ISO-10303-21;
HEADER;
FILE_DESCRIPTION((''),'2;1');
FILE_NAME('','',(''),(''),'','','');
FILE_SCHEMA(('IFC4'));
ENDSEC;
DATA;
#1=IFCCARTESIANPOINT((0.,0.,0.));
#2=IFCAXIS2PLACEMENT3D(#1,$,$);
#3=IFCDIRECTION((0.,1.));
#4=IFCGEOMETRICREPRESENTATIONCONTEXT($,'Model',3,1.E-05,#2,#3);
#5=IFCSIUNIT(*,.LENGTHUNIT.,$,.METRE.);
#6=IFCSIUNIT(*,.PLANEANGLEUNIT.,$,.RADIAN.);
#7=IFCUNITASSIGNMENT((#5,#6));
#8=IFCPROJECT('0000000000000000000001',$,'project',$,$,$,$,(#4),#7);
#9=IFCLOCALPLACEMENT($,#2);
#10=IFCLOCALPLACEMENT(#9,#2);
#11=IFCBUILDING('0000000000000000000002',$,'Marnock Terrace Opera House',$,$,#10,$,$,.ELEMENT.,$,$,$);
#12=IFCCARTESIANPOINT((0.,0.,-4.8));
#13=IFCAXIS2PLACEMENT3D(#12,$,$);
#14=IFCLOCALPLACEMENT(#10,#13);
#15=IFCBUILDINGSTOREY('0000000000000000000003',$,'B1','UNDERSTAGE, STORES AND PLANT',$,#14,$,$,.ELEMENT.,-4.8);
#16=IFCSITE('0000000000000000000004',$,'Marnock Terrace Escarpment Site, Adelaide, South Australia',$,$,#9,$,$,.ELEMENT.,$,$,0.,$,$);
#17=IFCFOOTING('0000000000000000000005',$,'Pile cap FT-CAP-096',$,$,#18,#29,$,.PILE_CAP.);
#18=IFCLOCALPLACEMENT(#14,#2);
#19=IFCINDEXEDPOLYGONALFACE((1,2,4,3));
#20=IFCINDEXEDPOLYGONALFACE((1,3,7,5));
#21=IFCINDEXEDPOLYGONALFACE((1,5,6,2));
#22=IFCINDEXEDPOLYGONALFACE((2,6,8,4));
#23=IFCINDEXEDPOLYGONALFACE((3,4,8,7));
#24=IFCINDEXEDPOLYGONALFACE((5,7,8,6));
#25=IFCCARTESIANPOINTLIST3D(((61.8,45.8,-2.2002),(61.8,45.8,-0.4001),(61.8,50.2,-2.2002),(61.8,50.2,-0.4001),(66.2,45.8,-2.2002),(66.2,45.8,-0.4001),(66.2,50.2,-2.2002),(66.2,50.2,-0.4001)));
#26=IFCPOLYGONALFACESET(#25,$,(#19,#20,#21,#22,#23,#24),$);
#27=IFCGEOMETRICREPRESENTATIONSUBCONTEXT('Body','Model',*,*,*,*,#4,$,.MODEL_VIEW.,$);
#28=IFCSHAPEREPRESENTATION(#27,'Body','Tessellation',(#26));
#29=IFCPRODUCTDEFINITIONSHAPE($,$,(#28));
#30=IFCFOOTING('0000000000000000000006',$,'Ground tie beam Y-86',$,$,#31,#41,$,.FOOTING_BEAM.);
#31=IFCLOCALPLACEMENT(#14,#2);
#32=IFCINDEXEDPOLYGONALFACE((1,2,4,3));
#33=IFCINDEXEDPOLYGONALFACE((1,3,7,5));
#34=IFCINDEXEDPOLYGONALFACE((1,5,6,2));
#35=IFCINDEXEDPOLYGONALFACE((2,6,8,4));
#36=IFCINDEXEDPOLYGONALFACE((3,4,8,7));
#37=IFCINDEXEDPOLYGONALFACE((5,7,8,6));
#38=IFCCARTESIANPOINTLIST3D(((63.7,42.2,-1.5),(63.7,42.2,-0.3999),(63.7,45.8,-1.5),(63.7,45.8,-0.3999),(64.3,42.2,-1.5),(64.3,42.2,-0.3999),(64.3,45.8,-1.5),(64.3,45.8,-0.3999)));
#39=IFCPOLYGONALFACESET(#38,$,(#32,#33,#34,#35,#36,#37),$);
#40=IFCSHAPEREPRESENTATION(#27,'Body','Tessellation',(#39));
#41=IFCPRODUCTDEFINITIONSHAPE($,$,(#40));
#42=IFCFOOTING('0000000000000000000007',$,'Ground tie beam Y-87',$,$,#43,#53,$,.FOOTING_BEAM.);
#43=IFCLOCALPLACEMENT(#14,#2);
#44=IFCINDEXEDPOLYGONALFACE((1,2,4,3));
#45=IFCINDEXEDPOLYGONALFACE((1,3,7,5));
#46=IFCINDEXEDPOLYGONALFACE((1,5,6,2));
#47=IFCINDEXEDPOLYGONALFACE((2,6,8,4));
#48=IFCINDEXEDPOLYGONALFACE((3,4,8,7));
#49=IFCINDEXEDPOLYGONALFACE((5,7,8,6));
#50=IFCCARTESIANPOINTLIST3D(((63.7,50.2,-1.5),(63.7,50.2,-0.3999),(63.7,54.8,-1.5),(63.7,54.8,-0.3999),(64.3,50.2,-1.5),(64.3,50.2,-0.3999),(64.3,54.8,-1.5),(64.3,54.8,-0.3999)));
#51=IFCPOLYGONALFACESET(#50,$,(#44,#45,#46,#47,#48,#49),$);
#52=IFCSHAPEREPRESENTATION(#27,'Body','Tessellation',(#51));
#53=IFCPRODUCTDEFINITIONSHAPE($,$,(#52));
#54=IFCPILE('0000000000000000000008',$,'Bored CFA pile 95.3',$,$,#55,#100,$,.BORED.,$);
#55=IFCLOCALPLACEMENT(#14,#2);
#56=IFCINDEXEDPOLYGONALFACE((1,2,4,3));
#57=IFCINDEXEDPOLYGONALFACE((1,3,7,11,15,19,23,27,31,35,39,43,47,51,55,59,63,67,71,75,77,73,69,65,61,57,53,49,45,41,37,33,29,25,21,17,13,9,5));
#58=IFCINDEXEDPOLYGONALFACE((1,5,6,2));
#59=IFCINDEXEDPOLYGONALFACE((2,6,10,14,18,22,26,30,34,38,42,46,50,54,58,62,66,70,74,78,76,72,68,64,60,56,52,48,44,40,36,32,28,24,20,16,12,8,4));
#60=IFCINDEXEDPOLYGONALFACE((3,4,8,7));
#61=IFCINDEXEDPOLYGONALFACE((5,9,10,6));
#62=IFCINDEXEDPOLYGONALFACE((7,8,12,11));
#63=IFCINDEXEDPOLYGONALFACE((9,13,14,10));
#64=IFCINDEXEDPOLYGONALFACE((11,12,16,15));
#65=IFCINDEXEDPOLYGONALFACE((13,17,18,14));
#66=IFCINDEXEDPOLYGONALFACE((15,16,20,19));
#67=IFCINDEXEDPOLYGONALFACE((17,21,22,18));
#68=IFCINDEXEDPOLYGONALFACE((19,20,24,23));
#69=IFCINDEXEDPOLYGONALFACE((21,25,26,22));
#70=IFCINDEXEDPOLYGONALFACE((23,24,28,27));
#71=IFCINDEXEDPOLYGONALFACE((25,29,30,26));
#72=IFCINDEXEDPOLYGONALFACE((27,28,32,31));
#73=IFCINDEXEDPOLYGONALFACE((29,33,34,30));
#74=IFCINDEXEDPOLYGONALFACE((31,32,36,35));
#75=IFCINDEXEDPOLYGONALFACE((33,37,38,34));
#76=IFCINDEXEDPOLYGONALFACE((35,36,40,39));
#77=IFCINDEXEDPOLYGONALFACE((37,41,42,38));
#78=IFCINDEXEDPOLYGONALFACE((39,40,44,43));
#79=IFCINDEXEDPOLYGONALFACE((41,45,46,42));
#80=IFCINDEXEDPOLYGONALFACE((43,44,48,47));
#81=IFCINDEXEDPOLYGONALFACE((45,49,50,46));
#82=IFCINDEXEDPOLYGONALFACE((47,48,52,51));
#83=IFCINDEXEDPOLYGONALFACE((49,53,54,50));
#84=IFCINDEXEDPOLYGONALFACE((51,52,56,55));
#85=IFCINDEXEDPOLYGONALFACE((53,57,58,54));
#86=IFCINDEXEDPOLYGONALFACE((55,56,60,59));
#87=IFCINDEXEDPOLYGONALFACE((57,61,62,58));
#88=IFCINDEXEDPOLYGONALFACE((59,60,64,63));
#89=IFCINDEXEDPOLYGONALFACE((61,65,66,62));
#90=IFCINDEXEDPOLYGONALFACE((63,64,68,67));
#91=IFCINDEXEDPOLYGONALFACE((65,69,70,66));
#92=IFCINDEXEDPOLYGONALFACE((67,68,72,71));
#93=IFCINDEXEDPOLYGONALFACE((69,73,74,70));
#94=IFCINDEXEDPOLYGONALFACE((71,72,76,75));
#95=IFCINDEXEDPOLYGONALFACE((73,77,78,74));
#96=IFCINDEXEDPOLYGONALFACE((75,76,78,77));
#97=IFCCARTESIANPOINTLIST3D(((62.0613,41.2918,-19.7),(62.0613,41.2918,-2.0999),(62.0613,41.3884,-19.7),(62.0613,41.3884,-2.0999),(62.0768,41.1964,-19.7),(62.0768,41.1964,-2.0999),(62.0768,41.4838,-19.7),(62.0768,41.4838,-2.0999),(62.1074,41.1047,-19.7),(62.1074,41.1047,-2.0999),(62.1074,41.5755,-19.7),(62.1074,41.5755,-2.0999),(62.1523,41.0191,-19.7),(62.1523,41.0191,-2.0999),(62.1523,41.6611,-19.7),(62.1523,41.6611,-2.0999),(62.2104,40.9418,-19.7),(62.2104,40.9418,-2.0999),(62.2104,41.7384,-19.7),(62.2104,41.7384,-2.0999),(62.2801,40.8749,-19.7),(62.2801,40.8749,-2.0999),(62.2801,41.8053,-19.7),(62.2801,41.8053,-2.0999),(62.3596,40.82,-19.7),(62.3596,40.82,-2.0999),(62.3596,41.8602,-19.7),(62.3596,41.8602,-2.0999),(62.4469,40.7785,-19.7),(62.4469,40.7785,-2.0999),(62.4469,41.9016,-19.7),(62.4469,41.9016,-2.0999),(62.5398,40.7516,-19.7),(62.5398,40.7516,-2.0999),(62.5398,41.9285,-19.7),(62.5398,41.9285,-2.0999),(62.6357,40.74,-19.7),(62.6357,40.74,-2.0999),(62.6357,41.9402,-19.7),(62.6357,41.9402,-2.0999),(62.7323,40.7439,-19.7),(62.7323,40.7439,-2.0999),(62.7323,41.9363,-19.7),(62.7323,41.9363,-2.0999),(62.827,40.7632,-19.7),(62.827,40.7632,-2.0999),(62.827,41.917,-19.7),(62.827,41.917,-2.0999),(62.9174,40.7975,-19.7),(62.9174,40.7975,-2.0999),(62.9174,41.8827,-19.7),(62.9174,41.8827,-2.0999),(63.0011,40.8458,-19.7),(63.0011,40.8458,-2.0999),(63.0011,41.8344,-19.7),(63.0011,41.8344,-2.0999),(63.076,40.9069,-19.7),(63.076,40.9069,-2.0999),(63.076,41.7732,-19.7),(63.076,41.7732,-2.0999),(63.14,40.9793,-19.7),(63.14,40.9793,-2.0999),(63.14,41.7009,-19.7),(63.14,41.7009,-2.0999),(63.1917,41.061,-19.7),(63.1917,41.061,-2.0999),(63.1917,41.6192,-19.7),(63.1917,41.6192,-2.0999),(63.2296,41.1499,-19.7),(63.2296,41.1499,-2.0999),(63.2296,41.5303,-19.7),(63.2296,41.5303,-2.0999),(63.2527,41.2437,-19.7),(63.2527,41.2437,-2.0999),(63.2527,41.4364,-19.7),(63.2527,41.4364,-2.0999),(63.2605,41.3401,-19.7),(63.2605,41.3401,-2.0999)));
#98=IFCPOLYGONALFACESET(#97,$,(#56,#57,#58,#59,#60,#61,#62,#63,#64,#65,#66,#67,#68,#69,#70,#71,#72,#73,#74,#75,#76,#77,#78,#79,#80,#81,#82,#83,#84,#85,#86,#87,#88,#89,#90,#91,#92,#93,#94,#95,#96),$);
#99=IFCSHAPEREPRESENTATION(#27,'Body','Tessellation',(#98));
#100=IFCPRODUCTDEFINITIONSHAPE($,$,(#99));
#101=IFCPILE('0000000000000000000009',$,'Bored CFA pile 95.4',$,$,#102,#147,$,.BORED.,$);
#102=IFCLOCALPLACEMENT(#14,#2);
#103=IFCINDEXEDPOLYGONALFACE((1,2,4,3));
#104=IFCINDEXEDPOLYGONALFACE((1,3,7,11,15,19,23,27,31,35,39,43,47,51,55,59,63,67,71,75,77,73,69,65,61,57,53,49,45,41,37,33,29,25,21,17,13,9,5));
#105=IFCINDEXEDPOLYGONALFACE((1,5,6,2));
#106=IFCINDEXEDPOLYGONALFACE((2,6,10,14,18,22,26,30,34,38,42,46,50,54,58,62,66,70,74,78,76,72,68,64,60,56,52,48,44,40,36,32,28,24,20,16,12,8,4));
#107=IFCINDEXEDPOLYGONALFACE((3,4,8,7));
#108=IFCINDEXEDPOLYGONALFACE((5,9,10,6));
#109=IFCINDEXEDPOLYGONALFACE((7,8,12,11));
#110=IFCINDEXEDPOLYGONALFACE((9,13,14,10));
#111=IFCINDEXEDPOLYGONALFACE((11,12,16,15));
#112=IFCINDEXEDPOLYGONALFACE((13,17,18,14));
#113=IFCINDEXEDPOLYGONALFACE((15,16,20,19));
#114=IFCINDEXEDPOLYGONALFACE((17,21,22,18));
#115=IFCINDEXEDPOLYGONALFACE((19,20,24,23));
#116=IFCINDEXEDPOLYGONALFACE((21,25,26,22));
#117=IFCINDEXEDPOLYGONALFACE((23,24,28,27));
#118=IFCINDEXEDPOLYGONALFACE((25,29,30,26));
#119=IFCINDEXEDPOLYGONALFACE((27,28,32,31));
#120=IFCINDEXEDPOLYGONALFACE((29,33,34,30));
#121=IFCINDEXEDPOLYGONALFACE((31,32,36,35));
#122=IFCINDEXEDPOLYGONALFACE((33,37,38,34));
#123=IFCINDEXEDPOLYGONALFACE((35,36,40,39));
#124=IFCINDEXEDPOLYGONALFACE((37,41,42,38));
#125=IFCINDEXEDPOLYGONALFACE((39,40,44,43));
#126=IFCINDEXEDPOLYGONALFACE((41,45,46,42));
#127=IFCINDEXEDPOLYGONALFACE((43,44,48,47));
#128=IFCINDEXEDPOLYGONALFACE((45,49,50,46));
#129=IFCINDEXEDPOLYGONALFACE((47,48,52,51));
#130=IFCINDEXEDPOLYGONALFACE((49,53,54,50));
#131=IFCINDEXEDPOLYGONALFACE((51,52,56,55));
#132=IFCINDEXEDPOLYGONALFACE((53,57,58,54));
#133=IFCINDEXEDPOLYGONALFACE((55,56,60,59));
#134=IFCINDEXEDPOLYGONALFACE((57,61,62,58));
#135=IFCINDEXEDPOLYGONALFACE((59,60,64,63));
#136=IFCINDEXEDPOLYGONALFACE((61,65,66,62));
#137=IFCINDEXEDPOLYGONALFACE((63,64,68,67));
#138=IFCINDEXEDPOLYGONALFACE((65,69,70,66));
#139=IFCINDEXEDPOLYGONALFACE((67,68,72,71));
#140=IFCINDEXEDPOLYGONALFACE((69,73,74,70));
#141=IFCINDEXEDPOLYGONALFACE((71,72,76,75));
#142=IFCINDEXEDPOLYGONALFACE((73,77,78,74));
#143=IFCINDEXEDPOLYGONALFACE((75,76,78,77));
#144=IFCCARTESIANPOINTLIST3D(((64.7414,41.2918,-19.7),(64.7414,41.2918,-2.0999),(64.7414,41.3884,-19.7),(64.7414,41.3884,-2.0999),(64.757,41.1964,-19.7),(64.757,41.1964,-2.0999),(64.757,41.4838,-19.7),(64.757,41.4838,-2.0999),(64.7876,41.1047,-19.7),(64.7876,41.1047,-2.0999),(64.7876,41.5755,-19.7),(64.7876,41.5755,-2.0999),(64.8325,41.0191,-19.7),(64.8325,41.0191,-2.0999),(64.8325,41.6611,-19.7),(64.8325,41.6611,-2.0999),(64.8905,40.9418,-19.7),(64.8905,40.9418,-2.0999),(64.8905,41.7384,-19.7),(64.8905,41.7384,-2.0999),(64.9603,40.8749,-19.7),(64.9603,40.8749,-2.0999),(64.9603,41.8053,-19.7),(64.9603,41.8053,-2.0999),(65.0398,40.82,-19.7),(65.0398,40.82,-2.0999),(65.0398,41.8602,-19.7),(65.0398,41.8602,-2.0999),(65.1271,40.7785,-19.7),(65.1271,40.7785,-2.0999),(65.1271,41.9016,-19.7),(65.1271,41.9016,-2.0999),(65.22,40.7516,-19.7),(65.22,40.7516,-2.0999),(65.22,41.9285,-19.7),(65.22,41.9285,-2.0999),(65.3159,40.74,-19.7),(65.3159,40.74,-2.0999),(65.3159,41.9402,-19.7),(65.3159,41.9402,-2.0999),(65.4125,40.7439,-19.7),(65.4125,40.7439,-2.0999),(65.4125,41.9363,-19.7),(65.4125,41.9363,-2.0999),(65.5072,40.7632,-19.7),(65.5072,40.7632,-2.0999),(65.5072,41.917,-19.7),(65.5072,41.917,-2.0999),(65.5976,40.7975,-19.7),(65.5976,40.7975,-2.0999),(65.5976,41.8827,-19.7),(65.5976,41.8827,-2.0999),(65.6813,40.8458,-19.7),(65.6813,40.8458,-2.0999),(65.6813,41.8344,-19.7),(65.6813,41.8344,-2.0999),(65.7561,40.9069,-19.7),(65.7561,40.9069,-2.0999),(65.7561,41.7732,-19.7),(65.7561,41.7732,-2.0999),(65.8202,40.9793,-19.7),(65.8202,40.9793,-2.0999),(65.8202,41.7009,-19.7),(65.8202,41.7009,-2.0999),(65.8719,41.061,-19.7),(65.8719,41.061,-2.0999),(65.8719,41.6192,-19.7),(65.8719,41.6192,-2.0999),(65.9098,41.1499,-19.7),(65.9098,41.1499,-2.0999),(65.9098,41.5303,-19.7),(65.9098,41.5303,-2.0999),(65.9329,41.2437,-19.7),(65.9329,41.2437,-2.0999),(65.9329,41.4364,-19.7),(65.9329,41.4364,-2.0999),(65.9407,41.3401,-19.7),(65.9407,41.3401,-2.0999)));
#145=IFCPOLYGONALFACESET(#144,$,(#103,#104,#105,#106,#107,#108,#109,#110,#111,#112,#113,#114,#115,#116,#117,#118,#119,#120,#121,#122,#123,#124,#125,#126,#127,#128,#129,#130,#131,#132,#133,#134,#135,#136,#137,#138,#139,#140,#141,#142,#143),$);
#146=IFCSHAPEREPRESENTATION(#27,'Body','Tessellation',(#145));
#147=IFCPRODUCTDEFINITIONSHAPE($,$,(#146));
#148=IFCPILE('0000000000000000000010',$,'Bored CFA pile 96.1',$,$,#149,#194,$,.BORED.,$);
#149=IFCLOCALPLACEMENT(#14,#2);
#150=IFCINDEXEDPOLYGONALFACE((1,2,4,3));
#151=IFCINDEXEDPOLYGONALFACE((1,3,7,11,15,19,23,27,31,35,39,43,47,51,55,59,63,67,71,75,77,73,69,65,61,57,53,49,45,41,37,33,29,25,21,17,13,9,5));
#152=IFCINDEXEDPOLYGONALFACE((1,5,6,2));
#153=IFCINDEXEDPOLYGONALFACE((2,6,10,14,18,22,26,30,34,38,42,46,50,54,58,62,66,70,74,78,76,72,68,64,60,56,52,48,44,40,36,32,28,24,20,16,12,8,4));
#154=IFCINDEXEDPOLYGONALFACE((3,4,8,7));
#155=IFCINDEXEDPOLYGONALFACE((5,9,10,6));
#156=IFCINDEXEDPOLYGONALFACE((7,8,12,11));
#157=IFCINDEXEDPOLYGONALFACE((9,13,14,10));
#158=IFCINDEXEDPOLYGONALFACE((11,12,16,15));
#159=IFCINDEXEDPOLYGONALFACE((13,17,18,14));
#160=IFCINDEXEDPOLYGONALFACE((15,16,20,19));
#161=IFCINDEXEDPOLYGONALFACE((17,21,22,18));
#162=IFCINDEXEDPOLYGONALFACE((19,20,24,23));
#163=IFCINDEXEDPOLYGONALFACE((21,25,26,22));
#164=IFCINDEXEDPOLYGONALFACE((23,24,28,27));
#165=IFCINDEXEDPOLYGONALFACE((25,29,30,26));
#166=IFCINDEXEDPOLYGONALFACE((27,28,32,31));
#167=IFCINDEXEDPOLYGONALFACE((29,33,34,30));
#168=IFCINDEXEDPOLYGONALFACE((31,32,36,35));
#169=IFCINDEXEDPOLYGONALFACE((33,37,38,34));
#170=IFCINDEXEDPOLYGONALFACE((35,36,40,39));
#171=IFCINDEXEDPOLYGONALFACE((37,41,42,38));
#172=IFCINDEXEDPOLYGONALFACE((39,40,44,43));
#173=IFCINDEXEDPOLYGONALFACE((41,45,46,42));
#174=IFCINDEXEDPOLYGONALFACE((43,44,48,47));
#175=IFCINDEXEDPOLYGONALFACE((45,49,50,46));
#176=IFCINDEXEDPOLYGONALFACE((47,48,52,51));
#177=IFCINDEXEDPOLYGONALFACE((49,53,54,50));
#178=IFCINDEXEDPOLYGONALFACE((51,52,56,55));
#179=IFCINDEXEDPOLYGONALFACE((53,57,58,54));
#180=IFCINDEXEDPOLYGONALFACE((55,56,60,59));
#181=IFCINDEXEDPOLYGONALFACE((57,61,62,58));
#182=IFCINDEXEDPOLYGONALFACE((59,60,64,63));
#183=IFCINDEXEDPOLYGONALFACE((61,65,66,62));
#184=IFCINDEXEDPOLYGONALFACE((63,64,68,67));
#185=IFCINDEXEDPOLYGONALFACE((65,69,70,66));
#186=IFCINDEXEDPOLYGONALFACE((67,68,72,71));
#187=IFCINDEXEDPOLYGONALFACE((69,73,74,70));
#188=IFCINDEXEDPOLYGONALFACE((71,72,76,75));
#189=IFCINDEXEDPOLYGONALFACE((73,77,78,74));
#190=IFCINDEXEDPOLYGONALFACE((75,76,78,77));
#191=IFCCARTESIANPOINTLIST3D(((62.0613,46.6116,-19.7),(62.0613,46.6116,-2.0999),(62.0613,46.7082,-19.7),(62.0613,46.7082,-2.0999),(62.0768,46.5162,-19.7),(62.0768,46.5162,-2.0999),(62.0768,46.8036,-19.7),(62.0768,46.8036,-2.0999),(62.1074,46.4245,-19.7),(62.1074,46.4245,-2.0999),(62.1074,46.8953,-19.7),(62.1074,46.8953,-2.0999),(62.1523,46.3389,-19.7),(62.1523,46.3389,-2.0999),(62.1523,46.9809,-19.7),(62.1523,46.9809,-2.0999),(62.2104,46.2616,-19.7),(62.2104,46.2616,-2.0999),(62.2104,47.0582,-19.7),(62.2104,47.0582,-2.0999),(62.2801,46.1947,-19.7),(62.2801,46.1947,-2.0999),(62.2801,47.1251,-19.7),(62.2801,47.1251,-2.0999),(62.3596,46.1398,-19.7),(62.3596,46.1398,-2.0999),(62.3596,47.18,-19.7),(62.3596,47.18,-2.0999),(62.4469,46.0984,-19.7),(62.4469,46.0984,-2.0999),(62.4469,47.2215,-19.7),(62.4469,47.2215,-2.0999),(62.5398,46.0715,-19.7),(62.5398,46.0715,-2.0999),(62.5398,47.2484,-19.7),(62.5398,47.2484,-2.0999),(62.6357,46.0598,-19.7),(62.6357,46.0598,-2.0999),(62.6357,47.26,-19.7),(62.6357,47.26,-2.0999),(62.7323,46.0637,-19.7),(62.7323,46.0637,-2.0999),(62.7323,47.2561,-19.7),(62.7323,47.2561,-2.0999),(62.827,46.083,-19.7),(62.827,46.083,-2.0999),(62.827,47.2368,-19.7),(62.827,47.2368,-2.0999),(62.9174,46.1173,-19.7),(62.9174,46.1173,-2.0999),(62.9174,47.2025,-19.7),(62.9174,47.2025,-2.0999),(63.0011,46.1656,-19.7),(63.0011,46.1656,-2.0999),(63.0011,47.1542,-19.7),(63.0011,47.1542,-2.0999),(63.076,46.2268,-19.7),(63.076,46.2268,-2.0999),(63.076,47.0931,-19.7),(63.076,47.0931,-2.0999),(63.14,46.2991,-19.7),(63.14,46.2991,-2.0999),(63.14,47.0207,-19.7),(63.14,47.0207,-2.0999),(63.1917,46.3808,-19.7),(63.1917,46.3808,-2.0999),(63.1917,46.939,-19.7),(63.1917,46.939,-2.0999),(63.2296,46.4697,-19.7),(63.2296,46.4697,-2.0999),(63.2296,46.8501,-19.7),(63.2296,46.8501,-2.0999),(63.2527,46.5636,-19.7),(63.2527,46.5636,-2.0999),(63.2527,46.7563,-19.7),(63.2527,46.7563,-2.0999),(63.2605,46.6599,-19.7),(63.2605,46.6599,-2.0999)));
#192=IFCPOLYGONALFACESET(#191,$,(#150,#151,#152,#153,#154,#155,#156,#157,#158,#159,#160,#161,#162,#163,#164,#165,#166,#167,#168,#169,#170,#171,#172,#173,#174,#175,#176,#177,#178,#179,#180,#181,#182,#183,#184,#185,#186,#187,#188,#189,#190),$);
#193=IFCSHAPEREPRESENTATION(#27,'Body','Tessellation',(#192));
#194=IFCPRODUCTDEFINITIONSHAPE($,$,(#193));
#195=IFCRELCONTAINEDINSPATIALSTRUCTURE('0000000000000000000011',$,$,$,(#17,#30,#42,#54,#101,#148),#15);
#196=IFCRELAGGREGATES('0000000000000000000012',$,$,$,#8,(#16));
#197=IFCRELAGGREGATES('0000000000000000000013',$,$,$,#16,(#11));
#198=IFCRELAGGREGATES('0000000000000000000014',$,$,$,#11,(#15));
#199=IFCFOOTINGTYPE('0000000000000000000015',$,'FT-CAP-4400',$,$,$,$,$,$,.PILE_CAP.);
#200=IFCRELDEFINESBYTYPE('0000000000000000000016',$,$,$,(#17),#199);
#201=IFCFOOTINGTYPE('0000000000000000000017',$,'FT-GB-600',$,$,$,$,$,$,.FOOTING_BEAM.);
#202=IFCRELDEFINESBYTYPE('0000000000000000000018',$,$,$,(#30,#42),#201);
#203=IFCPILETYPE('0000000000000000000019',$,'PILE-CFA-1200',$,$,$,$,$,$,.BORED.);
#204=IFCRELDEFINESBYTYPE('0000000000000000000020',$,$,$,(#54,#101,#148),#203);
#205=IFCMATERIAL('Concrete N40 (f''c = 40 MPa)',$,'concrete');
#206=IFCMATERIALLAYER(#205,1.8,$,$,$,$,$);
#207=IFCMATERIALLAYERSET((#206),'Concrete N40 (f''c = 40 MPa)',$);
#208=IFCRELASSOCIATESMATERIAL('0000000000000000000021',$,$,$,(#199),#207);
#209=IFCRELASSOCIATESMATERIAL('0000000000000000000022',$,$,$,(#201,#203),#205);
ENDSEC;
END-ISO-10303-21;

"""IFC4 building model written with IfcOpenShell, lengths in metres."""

from ifc_helpers import new_model, si_unit, direction, frame, origin, origin_2d, place, context, subcontext, project, spatial, rectangle, circle, extrude, material, layer, layer_set, material_profile, profile_set, type_object, element, save


model = new_model("IFC4")

# Units and contexts
model_context = context("Model", 3, precision=1e-05, world=origin(), true_north=direction((0.0, 1.0)))
body_context = subcontext(model_context, "Body", "Model", "MODEL_VIEW")
ifc_project = project(units=[si_unit("LENGTHUNIT", "METRE"), si_unit("PLANEANGLEUNIT", "RADIAN")], contexts=[model_context])

# Site, building, storey
site_placement = place(None, origin())
site = spatial("IfcSite", under=ifc_project, at=site_placement, Name="Marnock Terrace Escarpment Site, Adelaide, South Australia", CompositionType="ELEMENT", RefElevation=0.0)
building_placement = place(site_placement, origin())
building = spatial("IfcBuilding", under=site, at=building_placement, Name="Marnock Terrace Opera House", CompositionType="ELEMENT")
storey_placement = place(building_placement, frame((0.0, 0.0, -4.8)))
storey = spatial("IfcBuildingStorey", under=building, at=storey_placement, Name="B1", Description="UNDERSTAGE, STORES AND PLANT", CompositionType="ELEMENT", Elevation=-4.8)

# Footings
ifc_material_1 = material(Name="Concrete N40 (f'c = 40 MPa)", Category="concrete")
ifc_layer_1 = layer(ifc_material_1, 1.8)
ifc_layer_set_1 = layer_set([ifc_layer_1], Name="Concrete N40 (f'c = 40 MPa)")
footing_type_1 = type_object("IfcFootingType", Name="FT-CAP-4400", PredefinedType="PILE_CAP", material=ifc_layer_set_1)
footing_1_placement = place(storey_placement, frame((64.0, 48.0, -2.2002), z_axis=(0.0, 0.0, 1.0), x_axis=(1.0, 0.0, 0.0)))
element("IfcFooting", 1, at=footing_1_placement, inside=storey, type_object=footing_type_1, Name="Pile cap FT-CAP-096", PredefinedType="PILE_CAP", context=body_context, shape_type="SweptSolid", body=[
    extrude(rectangle(XDim=4.3999, YDim=4.3999, at=origin_2d()), origin(), (0.0, 0.0, 1.0), 1.8),
])
ifc_material_profile_1 = material_profile(ifc_material_1, rectangle(XDim=0.6001, YDim=1.1001, at=origin_2d()))
ifc_profile_set_1 = profile_set([ifc_material_profile_1], Name="Concrete N40 (f'c = 40 MPa)")
footing_type_2 = type_object("IfcFootingType", Name="FT-GB-600", PredefinedType="FOOTING_BEAM", material=ifc_profile_set_1)
footing_2_placement = place(storey_placement, frame((64.0, 42.2, -0.95), z_axis=(0.0, 1.0, 0.0), x_axis=(-1.0, 0.0, 0.0)))
element("IfcFooting", 2, at=footing_2_placement, inside=storey, type_object=footing_type_2, Name="Ground tie beam Y-86", PredefinedType="FOOTING_BEAM", context=body_context, shape_type="SweptSolid", body=[
    extrude(rectangle(XDim=0.6001, YDim=1.1001, at=origin_2d()), origin(), (0.0, 0.0, 1.0), 3.6001),
])
footing_3_placement = place(storey_placement, frame((64.0, 50.2, -0.95), z_axis=(0.0, 1.0, 0.0), x_axis=(-1.0, 0.0, 0.0)))
element("IfcFooting", 3, at=footing_3_placement, inside=storey, type_object=footing_type_2, Name="Ground tie beam Y-87", PredefinedType="FOOTING_BEAM", context=body_context, shape_type="SweptSolid", body=[
    extrude(rectangle(XDim=0.6001, YDim=1.1001, at=origin_2d()), origin(), (0.0, 0.0, 1.0), 4.6001),
])

# Piles
ifc_material_profile_2 = material_profile(ifc_material_1, circle(Radius=0.6006, at=origin_2d()))
ifc_profile_set_2 = profile_set([ifc_material_profile_2], Name="Concrete N40 (f'c = 40 MPa)")
pile_type = type_object("IfcPileType", Name="PILE-CFA-1200", PredefinedType="BORED", material=ifc_profile_set_2)
for number, where, z_axis, x_axis, name in (
    (4, (62.6599, 41.3401, -2.0999), (0.0, 0.0, -1.0), (1.0, 0.0, 0.0), "Bored CFA pile 95.3"),
    (5, (65.3401, 41.3401, -2.0999), (0.0, 0.0, -1.0), (1.0, 0.0, 0.0), "Bored CFA pile 95.4"),
    (6, (62.6599, 46.6599, -2.0999), (0.0, 0.0, -1.0), (1.0, 0.0, 0.0), "Bored CFA pile 96.1"),
):
    element("IfcPile", number, at=place(storey_placement, frame(where, z_axis=z_axis, x_axis=x_axis)), inside=storey, type_object=pile_type, Name=name, PredefinedType="BORED", context=body_context, shape_type="SweptSolid", body=[
        extrude(circle(Radius=0.6006, at=origin_2d()), origin(), (0.0, 0.0, 1.0), 17.6001),
    ])

save(model, "model.ifc")
